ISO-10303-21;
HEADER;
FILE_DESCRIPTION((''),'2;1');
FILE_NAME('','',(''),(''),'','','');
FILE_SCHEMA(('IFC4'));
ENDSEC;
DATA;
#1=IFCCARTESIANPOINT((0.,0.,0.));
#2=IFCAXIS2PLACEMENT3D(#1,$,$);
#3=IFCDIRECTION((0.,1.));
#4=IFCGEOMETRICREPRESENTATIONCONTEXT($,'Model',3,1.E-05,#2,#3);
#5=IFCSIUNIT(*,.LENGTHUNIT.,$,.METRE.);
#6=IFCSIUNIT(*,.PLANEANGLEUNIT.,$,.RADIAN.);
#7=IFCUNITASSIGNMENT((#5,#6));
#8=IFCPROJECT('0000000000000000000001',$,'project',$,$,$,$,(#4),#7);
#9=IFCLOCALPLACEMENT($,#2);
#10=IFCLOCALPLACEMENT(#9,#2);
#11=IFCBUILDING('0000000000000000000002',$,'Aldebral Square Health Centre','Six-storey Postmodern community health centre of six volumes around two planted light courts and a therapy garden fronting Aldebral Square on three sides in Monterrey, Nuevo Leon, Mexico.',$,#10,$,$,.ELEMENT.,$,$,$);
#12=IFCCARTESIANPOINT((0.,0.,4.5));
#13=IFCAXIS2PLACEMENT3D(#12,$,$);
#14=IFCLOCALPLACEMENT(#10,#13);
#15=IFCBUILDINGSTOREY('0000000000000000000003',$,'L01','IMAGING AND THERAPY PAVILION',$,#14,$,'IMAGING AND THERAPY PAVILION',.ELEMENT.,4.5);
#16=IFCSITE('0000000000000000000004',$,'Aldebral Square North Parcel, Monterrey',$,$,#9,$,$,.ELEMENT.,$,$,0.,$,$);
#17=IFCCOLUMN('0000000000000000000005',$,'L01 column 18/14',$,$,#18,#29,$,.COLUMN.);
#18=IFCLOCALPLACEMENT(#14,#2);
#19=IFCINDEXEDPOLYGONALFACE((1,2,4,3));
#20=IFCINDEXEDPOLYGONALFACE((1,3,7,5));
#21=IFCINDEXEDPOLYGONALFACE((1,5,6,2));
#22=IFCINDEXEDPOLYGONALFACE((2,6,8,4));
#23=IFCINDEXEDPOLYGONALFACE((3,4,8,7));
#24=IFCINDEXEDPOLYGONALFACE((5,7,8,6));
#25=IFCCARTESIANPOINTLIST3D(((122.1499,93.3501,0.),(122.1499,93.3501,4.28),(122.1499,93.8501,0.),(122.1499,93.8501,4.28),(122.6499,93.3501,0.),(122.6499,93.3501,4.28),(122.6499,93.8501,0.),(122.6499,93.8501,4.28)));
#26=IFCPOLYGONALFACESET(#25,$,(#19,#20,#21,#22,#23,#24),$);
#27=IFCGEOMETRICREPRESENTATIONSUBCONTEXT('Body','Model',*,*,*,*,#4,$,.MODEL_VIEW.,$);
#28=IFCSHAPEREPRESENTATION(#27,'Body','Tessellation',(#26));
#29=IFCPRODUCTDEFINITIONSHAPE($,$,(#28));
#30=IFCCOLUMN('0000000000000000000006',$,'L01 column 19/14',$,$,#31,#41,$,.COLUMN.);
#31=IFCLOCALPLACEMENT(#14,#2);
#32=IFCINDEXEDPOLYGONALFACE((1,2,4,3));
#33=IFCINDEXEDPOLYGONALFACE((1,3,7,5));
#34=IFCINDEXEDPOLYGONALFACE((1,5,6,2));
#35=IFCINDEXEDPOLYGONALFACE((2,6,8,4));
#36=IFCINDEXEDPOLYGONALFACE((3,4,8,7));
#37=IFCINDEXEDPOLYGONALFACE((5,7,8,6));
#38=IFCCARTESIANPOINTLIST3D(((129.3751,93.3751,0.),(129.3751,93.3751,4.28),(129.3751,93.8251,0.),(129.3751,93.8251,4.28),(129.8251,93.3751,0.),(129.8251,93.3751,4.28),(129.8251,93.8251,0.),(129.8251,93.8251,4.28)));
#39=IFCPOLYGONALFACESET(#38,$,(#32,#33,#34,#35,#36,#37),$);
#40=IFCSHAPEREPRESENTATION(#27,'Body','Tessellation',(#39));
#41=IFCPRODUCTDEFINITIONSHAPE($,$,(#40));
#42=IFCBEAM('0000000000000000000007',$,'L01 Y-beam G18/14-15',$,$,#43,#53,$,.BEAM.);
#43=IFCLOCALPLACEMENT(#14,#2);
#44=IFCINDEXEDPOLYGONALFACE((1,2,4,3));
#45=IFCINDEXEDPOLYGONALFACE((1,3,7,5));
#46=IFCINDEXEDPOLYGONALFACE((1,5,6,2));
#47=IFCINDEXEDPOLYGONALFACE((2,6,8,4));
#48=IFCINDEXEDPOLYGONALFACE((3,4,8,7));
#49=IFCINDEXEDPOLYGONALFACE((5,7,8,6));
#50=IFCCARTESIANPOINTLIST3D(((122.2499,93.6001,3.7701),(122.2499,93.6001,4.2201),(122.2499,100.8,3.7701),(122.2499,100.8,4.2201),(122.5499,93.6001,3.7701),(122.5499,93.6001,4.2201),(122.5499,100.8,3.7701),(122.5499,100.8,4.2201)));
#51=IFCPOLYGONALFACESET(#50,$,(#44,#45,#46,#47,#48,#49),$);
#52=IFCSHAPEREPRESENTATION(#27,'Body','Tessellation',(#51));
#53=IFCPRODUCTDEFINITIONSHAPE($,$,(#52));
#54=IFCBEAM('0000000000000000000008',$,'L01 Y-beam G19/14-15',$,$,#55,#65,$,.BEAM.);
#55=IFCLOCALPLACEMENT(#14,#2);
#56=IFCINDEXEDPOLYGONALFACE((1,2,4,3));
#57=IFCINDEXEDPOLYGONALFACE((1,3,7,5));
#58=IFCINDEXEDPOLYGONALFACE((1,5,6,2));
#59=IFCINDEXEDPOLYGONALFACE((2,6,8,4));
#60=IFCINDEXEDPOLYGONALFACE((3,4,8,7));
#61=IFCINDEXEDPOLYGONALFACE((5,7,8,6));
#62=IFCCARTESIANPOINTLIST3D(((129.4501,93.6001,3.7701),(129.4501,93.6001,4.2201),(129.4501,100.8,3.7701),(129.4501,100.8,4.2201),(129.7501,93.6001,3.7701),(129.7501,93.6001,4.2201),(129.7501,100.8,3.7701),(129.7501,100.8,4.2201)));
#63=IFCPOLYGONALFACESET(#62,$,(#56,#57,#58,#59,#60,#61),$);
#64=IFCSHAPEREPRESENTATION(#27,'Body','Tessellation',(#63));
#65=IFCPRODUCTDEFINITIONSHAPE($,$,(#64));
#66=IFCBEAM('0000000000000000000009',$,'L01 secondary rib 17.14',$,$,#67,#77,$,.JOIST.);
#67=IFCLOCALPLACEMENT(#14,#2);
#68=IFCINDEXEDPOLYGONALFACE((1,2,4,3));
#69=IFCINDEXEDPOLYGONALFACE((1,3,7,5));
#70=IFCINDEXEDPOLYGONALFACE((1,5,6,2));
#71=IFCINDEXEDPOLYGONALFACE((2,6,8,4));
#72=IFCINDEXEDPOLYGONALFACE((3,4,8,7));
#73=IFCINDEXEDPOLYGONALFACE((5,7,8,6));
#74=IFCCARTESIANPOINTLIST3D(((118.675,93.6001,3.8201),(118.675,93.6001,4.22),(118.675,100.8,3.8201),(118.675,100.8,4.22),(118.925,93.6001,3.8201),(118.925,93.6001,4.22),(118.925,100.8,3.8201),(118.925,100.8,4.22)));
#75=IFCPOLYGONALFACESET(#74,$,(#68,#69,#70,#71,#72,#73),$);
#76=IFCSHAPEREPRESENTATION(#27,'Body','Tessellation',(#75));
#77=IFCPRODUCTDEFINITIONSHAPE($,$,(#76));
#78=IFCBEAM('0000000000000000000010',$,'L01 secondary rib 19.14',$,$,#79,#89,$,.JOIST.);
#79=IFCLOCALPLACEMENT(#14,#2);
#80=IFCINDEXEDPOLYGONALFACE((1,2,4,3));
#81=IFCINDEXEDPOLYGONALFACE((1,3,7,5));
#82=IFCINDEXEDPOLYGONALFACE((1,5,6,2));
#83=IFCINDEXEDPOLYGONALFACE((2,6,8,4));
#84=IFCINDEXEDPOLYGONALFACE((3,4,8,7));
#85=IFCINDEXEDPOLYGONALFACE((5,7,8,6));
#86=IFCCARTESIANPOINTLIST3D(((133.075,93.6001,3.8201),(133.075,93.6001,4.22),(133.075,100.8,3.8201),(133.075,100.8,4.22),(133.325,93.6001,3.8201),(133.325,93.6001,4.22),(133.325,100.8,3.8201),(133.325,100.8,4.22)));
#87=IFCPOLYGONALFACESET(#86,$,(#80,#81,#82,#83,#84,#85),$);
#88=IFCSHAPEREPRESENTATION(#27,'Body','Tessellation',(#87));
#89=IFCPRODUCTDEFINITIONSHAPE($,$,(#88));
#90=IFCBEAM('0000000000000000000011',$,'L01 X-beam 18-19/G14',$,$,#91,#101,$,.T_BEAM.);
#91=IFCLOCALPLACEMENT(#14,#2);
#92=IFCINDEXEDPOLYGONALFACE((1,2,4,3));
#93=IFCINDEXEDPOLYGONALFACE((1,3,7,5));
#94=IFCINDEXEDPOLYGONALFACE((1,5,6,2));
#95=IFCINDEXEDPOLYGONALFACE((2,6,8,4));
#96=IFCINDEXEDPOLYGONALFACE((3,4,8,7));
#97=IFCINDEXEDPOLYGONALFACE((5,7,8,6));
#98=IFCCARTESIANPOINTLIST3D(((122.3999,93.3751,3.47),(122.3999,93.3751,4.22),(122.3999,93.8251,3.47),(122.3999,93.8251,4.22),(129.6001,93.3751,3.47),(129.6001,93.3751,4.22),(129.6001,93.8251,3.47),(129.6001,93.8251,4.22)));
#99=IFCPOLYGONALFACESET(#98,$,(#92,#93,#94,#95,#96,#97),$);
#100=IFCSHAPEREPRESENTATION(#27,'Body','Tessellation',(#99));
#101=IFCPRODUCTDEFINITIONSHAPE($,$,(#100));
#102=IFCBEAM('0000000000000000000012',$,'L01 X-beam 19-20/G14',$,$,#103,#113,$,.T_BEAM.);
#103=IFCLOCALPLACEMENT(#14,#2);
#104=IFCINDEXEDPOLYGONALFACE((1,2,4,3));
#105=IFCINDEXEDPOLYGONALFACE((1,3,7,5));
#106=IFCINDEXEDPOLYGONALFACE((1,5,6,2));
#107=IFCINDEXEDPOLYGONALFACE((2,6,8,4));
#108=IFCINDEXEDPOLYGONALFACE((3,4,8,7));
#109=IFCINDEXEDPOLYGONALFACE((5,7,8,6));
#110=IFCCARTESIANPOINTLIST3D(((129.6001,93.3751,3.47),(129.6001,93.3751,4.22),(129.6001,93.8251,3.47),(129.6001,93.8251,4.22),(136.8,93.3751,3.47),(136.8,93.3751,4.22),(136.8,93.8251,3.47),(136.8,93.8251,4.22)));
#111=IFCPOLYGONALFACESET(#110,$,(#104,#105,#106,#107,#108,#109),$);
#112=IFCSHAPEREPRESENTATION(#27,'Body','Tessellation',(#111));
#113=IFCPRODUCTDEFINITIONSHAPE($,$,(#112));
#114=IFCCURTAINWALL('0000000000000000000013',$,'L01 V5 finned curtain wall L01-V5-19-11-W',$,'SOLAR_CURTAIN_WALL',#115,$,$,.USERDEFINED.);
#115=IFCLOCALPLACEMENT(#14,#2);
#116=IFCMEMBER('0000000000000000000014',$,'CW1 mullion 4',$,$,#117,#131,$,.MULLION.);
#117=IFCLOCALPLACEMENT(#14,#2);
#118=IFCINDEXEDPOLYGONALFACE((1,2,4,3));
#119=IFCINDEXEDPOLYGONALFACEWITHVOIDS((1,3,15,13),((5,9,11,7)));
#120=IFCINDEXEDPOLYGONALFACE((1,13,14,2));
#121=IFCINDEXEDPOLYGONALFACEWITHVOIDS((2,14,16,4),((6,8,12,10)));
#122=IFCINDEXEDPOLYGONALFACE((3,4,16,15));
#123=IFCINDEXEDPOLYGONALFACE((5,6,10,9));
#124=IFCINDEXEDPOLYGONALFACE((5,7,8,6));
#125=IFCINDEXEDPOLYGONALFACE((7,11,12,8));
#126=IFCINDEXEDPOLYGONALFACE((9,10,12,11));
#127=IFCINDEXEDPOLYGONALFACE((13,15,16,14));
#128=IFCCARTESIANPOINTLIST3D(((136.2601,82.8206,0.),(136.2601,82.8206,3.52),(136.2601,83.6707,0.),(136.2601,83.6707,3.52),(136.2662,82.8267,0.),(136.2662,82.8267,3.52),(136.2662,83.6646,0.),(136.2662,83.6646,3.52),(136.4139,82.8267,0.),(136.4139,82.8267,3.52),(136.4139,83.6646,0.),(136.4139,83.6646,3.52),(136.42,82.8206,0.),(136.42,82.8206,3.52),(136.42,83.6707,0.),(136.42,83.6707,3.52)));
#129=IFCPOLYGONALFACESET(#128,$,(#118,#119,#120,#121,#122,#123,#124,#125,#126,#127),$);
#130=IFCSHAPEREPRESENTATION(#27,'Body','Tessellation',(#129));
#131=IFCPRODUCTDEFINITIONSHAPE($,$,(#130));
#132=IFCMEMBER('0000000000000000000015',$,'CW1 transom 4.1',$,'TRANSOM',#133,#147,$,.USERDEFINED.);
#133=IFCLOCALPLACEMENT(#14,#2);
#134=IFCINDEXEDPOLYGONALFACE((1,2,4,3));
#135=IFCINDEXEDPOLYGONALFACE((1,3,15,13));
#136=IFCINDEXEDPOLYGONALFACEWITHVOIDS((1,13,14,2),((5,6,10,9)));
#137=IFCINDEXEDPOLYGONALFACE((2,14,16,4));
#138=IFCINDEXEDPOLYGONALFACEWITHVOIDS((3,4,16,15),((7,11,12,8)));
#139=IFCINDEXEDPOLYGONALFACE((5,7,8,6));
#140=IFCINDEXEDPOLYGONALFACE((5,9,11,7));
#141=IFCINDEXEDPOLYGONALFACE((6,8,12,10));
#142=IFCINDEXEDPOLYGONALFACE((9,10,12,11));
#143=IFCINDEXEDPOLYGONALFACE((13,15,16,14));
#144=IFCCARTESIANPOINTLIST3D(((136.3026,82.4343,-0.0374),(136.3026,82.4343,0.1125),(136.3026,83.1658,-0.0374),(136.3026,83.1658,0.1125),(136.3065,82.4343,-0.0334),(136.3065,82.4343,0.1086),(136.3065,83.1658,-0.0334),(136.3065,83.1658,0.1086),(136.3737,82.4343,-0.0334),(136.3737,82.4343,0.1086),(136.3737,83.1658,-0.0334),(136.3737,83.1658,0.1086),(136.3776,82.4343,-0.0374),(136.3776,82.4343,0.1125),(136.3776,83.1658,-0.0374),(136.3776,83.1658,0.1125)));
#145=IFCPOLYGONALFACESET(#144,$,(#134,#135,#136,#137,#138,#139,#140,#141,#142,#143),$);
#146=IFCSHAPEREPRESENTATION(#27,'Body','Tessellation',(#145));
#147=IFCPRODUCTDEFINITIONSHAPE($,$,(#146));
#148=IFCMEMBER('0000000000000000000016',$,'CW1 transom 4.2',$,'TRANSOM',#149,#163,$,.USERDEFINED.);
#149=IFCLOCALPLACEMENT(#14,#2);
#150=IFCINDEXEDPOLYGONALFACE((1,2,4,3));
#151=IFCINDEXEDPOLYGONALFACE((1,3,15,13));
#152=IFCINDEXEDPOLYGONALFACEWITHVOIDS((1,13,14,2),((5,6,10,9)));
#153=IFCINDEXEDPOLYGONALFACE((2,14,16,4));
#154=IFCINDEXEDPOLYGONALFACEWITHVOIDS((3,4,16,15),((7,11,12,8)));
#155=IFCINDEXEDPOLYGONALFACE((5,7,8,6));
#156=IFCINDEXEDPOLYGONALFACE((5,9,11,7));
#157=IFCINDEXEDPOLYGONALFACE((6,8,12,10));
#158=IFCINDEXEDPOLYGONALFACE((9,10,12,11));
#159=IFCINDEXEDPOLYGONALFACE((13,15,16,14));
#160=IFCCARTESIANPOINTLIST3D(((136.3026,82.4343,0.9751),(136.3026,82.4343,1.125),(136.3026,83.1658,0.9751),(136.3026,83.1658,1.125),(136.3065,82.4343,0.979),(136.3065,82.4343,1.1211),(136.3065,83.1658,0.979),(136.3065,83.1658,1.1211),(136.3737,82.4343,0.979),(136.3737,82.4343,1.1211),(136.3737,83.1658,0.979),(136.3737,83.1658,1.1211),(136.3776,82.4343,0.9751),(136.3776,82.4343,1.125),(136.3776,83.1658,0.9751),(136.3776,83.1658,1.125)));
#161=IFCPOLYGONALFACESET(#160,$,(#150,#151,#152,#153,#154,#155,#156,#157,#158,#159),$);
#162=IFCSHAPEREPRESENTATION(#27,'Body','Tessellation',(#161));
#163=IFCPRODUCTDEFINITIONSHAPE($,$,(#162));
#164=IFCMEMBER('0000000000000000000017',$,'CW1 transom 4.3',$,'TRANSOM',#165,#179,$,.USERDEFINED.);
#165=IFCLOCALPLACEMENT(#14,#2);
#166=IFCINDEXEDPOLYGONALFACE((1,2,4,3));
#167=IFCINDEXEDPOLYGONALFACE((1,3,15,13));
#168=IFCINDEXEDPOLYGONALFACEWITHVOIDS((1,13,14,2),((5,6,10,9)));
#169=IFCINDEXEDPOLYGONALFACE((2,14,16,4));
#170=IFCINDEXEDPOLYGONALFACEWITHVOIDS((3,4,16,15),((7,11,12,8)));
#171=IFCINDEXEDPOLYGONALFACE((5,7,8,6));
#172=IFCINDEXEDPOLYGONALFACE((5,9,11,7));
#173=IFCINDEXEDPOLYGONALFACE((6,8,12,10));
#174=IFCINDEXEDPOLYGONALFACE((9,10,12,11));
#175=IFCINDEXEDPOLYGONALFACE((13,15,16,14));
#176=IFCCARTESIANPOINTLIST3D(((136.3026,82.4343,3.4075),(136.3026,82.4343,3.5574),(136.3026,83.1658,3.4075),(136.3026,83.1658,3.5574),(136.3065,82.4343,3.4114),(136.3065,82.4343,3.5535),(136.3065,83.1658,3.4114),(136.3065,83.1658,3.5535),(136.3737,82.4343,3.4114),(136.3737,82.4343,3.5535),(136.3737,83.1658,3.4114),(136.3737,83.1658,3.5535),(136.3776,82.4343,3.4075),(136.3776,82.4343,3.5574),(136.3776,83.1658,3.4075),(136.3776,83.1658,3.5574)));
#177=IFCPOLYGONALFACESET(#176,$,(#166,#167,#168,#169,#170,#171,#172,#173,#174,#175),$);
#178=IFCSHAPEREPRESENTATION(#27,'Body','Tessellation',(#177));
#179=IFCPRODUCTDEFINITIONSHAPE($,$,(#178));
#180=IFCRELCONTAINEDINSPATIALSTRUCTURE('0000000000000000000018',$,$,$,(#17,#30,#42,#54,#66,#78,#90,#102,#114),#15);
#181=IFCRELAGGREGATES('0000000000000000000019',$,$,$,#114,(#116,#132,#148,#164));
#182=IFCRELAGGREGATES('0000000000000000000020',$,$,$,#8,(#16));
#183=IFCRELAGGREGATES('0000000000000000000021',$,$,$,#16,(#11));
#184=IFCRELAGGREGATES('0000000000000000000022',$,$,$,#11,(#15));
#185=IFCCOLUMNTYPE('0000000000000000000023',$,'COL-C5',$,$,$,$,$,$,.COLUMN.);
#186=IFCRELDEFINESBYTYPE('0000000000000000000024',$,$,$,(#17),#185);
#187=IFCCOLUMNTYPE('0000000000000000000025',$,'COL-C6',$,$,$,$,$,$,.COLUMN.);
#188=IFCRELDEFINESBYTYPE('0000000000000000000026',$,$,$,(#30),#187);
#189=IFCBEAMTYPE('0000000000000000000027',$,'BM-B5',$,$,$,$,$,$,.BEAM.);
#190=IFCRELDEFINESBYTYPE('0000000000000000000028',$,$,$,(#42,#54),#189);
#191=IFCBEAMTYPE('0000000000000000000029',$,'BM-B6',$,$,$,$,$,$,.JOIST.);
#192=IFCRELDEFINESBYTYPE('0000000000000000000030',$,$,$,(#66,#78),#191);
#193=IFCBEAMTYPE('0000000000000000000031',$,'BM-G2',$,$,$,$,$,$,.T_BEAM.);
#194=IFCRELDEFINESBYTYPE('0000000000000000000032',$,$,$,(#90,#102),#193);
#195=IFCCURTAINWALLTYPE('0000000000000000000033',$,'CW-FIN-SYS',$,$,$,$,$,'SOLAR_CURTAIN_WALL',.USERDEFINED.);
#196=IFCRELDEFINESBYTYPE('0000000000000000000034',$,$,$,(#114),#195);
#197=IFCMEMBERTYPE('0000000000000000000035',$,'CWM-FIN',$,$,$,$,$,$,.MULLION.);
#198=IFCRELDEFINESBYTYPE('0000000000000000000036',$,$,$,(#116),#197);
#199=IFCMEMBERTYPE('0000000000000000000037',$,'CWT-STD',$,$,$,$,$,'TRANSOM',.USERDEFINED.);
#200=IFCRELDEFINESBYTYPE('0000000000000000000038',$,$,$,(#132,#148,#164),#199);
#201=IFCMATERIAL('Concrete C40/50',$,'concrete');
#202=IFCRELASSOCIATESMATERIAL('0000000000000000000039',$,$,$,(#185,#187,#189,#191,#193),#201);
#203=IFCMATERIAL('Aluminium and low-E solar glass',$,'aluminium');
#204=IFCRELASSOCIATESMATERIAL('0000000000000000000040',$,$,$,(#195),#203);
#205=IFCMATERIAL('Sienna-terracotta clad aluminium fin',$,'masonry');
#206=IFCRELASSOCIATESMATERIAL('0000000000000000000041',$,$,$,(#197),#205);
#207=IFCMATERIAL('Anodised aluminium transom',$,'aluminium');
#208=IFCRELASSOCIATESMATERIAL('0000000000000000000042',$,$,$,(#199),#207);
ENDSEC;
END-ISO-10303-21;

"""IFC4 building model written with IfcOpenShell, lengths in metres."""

from ifc_helpers import new_model, si_unit, direction, frame, origin, origin_2d, place, context, subcontext, project, spatial, rectangle, hollow_rectangle, extrude, material, material_profile, profile_set, type_object, element, aggregate, save


model = new_model("IFC4")

# Units and contexts
model_context = context("Model", 3, precision=1e-05, world=origin(), true_north=direction((0.0, 1.0)))
body_context = subcontext(model_context, "Body", "Model", "MODEL_VIEW")
ifc_project = project(units=[si_unit("LENGTHUNIT", "METRE"), si_unit("PLANEANGLEUNIT", "RADIAN")], contexts=[model_context])

# Site, building, storey
site_placement = place(None, origin())
site = spatial("IfcSite", under=ifc_project, at=site_placement, Name="Aldebral Square North Parcel, Monterrey", CompositionType="ELEMENT", RefElevation=0.0)
building_placement = place(site_placement, origin())
building = spatial("IfcBuilding", under=site, at=building_placement, Name="Aldebral Square Health Centre", Description="Six-storey Postmodern community health centre of six volumes around two planted light courts and a therapy garden fronting Aldebral Square on three sides in Monterrey, Nuevo Leon, Mexico.", CompositionType="ELEMENT")
storey_placement = place(building_placement, frame((0.0, 0.0, 4.5)))
storey = spatial("IfcBuildingStorey", under=building, at=storey_placement, Name="L01", Description="IMAGING AND THERAPY PAVILION", LongName="IMAGING AND THERAPY PAVILION", CompositionType="ELEMENT", Elevation=4.5)

# Columns
ifc_material_1 = material(Name="Concrete C40/50", Category="concrete")
ifc_material_profile_1 = material_profile(ifc_material_1, rectangle(XDim=0.5, YDim=0.5, at=origin_2d()), Name="RC 500x500")
ifc_profile_set_1 = profile_set([ifc_material_profile_1], Name="Concrete C40/50")
column_type_1 = type_object("IfcColumnType", Name="COL-C5", PredefinedType="COLUMN", material=ifc_profile_set_1)
column_1_placement = place(storey_placement, frame((122.3999, 93.6001, 0.0), z_axis=(0.0, 0.0, 1.0), x_axis=(1.0, 0.0, 0.0)))
element("IfcColumn", 1, at=column_1_placement, inside=storey, type_object=column_type_1, Name="L01 column 18/14", PredefinedType="COLUMN", context=body_context, shape_type="SweptSolid", body=[
    extrude(rectangle(XDim=0.5, YDim=0.5, at=origin_2d()), origin(), (0.0, 0.0, 1.0), 4.28),
])
ifc_material_profile_2 = material_profile(ifc_material_1, rectangle(XDim=0.45, YDim=0.45, at=origin_2d()), Name="RC 450x450")
ifc_profile_set_2 = profile_set([ifc_material_profile_2], Name="Concrete C40/50")
column_type_2 = type_object("IfcColumnType", Name="COL-C6", PredefinedType="COLUMN", material=ifc_profile_set_2)
column_2_placement = place(storey_placement, frame((129.6001, 93.6001, 0.0), z_axis=(0.0, 0.0, 1.0), x_axis=(1.0, 0.0, 0.0)))
element("IfcColumn", 2, at=column_2_placement, inside=storey, type_object=column_type_2, Name="L01 column 19/14", PredefinedType="COLUMN", context=body_context, shape_type="SweptSolid", body=[
    extrude(rectangle(XDim=0.45, YDim=0.45, at=origin_2d()), origin(), (0.0, 0.0, 1.0), 4.28),
])

# Beams
ifc_material_profile_3 = material_profile(ifc_material_1, rectangle(XDim=0.3, YDim=0.45, at=origin_2d()), Name="RC 300x450")
ifc_profile_set_3 = profile_set([ifc_material_profile_3], Name="Concrete C40/50")
beam_type_1 = type_object("IfcBeamType", Name="BM-B5", PredefinedType="BEAM", material=ifc_profile_set_3)
for number, where, z_axis, x_axis, name in (
    (3, (122.3999, 93.6001, 3.9951), (0.0, 1.0, 0.0), (-1.0, 0.0, 0.0), "L01 Y-beam G18/14-15"),
    (4, (129.6001, 93.6001, 3.9951), (0.0, 1.0, 0.0), (-1.0, 0.0, 0.0), "L01 Y-beam G19/14-15"),
):
    element("IfcBeam", number, at=place(storey_placement, frame(where, z_axis=z_axis, x_axis=x_axis)), inside=storey, type_object=beam_type_1, Name=name, PredefinedType="BEAM", context=body_context, shape_type="SweptSolid", body=[
        extrude(rectangle(XDim=0.3, YDim=0.45, at=origin_2d()), origin(), (0.0, 0.0, 1.0), 7.2),
    ])
ifc_material_profile_4 = material_profile(ifc_material_1, rectangle(XDim=0.25, YDim=0.3999, at=origin_2d()), Name="RC 250x400")
ifc_profile_set_4 = profile_set([ifc_material_profile_4], Name="Concrete C40/50")
beam_type_2 = type_object("IfcBeamType", Name="BM-B6", PredefinedType="JOIST", material=ifc_profile_set_4)
for number, where, z_axis, x_axis, name in (
    (5, (118.8, 93.6001, 4.02), (0.0, 1.0, 0.0), (-1.0, 0.0, 0.0), "L01 secondary rib 17.14"),
    (6, (133.2, 93.6001, 4.02), (0.0, 1.0, 0.0), (-1.0, 0.0, 0.0), "L01 secondary rib 19.14"),
):
    element("IfcBeam", number, at=place(storey_placement, frame(where, z_axis=z_axis, x_axis=x_axis)), inside=storey, type_object=beam_type_2, Name=name, PredefinedType="JOIST", context=body_context, shape_type="SweptSolid", body=[
        extrude(rectangle(XDim=0.25, YDim=0.3999, at=origin_2d()), origin(), (0.0, 0.0, 1.0), 7.2),
    ])
ifc_material_profile_5 = material_profile(ifc_material_1, rectangle(XDim=0.45, YDim=0.75, at=origin_2d()), Name="RC 450x750")
ifc_profile_set_5 = profile_set([ifc_material_profile_5], Name="Concrete C40/50")
beam_type_3 = type_object("IfcBeamType", Name="BM-G2", PredefinedType="T_BEAM", material=ifc_profile_set_5)
beam_1_placement = place(storey_placement, frame((122.3999, 93.6001, 3.845), z_axis=(1.0, 0.0, 0.0), x_axis=(0.0, 1.0, 0.0)))
element("IfcBeam", 7, at=beam_1_placement, inside=storey, type_object=beam_type_3, Name="L01 X-beam 18-19/G14", PredefinedType="T_BEAM", context=body_context, shape_type="SweptSolid", body=[
    extrude(rectangle(XDim=0.45, YDim=0.75, at=origin_2d()), origin(), (0.0, 0.0, 1.0), 7.2002),
])
beam_2_placement = place(storey_placement, frame((129.6001, 93.6001, 3.845), z_axis=(1.0, 0.0, 0.0), x_axis=(0.0, 1.0, 0.0)))
element("IfcBeam", 8, at=beam_2_placement, inside=storey, type_object=beam_type_3, Name="L01 X-beam 19-20/G14", PredefinedType="T_BEAM", context=body_context, shape_type="SweptSolid", body=[
    extrude(rectangle(XDim=0.45, YDim=0.75, at=origin_2d()), origin(), (0.0, 0.0, 1.0), 7.2),
])

# Curtain wall, members
ifc_material_2 = material(Name="Aluminium and low-E solar glass", Category="aluminium")
curtain_wall_type = type_object("IfcCurtainWallType", Name="CW-FIN-SYS", ElementType="SOLAR_CURTAIN_WALL", PredefinedType="USERDEFINED", material=ifc_material_2)
curtain_wall_placement = place(storey_placement, origin())
curtain_wall = element("IfcCurtainWall", 9, at=curtain_wall_placement, inside=storey, type_object=curtain_wall_type, Name="L01 V5 finned curtain wall L01-V5-19-11-W", ObjectType="SOLAR_CURTAIN_WALL", PredefinedType="USERDEFINED")
ifc_material_3 = material(Name="Sienna-terracotta clad aluminium fin", Category="masonry")
ifc_material_profile_6 = material_profile(ifc_material_3, hollow_rectangle(XDim=0.1599, YDim=0.8501, WallThickness=0.0061, at=origin_2d()), Name="FIN 160x850x6")
ifc_profile_set_6 = profile_set([ifc_material_profile_6], Name="Sienna-terracotta clad aluminium fin")
member_type_1 = type_object("IfcMemberType", Name="CWM-FIN", PredefinedType="MULLION", material=ifc_profile_set_6)
member_1_placement = place(storey_placement, frame((136.3401, 83.2456, 0.0), z_axis=(0.0, 0.0, 1.0), x_axis=(1.0, 0.0, 0.0)))
member_1 = element("IfcMember", 10, at=member_1_placement, type_object=member_type_1, Name="CW1 mullion 4", PredefinedType="MULLION", context=body_context, shape_type="SweptSolid", body=[
    extrude(hollow_rectangle(XDim=0.1599, YDim=0.8501, WallThickness=0.0061, at=origin_2d()), origin(), (0.0, 0.0, 1.0), 3.52),
])
ifc_material_4 = material(Name="Anodised aluminium transom", Category="aluminium")
ifc_material_profile_7 = material_profile(ifc_material_4, hollow_rectangle(XDim=0.075, YDim=0.1499, WallThickness=0.0039, at=origin_2d()), Name="CWT 75x150x4")
ifc_profile_set_7 = profile_set([ifc_material_profile_7], Name="Anodised aluminium transom")
member_type_2 = type_object("IfcMemberType", Name="CWT-STD", ElementType="TRANSOM", PredefinedType="USERDEFINED", material=ifc_profile_set_7)
member_2_placement = place(storey_placement, frame((136.3401, 83.1658, 0.0376), z_axis=(0.0, -1.0, 0.0), x_axis=(1.0, 0.0, 0.0)))
member_2 = element("IfcMember", 11, at=member_2_placement, type_object=member_type_2, Name="CW1 transom 4.1", ObjectType="TRANSOM", PredefinedType="USERDEFINED", context=body_context, shape_type="SweptSolid", body=[
    extrude(hollow_rectangle(XDim=0.075, YDim=0.1499, WallThickness=0.0039, at=origin_2d()), origin(), (0.0, 0.0, 1.0), 0.7314),
])
member_3_placement = place(storey_placement, frame((136.3401, 83.1658, 1.05), z_axis=(0.0, -1.0, 0.0), x_axis=(1.0, 0.0, 0.0)))
member_3 = element("IfcMember", 12, at=member_3_placement, type_object=member_type_2, Name="CW1 transom 4.2", ObjectType="TRANSOM", PredefinedType="USERDEFINED", context=body_context, shape_type="SweptSolid", body=[
    extrude(hollow_rectangle(XDim=0.075, YDim=0.1499, WallThickness=0.0039, at=origin_2d()), origin(), (0.0, 0.0, 1.0), 0.7314),
])
member_4_placement = place(storey_placement, frame((136.3401, 83.1658, 3.4824), z_axis=(0.0, -1.0, 0.0), x_axis=(1.0, 0.0, 0.0)))
member_4 = element("IfcMember", 13, at=member_4_placement, type_object=member_type_2, Name="CW1 transom 4.3", ObjectType="TRANSOM", PredefinedType="USERDEFINED", context=body_context, shape_type="SweptSolid", body=[
    extrude(hollow_rectangle(XDim=0.075, YDim=0.1499, WallThickness=0.0039, at=origin_2d()), origin(), (0.0, 0.0, 1.0), 0.7314),
])
aggregate(curtain_wall, [member_1, member_2, member_3, member_4])

save(model, "model.ifc")
